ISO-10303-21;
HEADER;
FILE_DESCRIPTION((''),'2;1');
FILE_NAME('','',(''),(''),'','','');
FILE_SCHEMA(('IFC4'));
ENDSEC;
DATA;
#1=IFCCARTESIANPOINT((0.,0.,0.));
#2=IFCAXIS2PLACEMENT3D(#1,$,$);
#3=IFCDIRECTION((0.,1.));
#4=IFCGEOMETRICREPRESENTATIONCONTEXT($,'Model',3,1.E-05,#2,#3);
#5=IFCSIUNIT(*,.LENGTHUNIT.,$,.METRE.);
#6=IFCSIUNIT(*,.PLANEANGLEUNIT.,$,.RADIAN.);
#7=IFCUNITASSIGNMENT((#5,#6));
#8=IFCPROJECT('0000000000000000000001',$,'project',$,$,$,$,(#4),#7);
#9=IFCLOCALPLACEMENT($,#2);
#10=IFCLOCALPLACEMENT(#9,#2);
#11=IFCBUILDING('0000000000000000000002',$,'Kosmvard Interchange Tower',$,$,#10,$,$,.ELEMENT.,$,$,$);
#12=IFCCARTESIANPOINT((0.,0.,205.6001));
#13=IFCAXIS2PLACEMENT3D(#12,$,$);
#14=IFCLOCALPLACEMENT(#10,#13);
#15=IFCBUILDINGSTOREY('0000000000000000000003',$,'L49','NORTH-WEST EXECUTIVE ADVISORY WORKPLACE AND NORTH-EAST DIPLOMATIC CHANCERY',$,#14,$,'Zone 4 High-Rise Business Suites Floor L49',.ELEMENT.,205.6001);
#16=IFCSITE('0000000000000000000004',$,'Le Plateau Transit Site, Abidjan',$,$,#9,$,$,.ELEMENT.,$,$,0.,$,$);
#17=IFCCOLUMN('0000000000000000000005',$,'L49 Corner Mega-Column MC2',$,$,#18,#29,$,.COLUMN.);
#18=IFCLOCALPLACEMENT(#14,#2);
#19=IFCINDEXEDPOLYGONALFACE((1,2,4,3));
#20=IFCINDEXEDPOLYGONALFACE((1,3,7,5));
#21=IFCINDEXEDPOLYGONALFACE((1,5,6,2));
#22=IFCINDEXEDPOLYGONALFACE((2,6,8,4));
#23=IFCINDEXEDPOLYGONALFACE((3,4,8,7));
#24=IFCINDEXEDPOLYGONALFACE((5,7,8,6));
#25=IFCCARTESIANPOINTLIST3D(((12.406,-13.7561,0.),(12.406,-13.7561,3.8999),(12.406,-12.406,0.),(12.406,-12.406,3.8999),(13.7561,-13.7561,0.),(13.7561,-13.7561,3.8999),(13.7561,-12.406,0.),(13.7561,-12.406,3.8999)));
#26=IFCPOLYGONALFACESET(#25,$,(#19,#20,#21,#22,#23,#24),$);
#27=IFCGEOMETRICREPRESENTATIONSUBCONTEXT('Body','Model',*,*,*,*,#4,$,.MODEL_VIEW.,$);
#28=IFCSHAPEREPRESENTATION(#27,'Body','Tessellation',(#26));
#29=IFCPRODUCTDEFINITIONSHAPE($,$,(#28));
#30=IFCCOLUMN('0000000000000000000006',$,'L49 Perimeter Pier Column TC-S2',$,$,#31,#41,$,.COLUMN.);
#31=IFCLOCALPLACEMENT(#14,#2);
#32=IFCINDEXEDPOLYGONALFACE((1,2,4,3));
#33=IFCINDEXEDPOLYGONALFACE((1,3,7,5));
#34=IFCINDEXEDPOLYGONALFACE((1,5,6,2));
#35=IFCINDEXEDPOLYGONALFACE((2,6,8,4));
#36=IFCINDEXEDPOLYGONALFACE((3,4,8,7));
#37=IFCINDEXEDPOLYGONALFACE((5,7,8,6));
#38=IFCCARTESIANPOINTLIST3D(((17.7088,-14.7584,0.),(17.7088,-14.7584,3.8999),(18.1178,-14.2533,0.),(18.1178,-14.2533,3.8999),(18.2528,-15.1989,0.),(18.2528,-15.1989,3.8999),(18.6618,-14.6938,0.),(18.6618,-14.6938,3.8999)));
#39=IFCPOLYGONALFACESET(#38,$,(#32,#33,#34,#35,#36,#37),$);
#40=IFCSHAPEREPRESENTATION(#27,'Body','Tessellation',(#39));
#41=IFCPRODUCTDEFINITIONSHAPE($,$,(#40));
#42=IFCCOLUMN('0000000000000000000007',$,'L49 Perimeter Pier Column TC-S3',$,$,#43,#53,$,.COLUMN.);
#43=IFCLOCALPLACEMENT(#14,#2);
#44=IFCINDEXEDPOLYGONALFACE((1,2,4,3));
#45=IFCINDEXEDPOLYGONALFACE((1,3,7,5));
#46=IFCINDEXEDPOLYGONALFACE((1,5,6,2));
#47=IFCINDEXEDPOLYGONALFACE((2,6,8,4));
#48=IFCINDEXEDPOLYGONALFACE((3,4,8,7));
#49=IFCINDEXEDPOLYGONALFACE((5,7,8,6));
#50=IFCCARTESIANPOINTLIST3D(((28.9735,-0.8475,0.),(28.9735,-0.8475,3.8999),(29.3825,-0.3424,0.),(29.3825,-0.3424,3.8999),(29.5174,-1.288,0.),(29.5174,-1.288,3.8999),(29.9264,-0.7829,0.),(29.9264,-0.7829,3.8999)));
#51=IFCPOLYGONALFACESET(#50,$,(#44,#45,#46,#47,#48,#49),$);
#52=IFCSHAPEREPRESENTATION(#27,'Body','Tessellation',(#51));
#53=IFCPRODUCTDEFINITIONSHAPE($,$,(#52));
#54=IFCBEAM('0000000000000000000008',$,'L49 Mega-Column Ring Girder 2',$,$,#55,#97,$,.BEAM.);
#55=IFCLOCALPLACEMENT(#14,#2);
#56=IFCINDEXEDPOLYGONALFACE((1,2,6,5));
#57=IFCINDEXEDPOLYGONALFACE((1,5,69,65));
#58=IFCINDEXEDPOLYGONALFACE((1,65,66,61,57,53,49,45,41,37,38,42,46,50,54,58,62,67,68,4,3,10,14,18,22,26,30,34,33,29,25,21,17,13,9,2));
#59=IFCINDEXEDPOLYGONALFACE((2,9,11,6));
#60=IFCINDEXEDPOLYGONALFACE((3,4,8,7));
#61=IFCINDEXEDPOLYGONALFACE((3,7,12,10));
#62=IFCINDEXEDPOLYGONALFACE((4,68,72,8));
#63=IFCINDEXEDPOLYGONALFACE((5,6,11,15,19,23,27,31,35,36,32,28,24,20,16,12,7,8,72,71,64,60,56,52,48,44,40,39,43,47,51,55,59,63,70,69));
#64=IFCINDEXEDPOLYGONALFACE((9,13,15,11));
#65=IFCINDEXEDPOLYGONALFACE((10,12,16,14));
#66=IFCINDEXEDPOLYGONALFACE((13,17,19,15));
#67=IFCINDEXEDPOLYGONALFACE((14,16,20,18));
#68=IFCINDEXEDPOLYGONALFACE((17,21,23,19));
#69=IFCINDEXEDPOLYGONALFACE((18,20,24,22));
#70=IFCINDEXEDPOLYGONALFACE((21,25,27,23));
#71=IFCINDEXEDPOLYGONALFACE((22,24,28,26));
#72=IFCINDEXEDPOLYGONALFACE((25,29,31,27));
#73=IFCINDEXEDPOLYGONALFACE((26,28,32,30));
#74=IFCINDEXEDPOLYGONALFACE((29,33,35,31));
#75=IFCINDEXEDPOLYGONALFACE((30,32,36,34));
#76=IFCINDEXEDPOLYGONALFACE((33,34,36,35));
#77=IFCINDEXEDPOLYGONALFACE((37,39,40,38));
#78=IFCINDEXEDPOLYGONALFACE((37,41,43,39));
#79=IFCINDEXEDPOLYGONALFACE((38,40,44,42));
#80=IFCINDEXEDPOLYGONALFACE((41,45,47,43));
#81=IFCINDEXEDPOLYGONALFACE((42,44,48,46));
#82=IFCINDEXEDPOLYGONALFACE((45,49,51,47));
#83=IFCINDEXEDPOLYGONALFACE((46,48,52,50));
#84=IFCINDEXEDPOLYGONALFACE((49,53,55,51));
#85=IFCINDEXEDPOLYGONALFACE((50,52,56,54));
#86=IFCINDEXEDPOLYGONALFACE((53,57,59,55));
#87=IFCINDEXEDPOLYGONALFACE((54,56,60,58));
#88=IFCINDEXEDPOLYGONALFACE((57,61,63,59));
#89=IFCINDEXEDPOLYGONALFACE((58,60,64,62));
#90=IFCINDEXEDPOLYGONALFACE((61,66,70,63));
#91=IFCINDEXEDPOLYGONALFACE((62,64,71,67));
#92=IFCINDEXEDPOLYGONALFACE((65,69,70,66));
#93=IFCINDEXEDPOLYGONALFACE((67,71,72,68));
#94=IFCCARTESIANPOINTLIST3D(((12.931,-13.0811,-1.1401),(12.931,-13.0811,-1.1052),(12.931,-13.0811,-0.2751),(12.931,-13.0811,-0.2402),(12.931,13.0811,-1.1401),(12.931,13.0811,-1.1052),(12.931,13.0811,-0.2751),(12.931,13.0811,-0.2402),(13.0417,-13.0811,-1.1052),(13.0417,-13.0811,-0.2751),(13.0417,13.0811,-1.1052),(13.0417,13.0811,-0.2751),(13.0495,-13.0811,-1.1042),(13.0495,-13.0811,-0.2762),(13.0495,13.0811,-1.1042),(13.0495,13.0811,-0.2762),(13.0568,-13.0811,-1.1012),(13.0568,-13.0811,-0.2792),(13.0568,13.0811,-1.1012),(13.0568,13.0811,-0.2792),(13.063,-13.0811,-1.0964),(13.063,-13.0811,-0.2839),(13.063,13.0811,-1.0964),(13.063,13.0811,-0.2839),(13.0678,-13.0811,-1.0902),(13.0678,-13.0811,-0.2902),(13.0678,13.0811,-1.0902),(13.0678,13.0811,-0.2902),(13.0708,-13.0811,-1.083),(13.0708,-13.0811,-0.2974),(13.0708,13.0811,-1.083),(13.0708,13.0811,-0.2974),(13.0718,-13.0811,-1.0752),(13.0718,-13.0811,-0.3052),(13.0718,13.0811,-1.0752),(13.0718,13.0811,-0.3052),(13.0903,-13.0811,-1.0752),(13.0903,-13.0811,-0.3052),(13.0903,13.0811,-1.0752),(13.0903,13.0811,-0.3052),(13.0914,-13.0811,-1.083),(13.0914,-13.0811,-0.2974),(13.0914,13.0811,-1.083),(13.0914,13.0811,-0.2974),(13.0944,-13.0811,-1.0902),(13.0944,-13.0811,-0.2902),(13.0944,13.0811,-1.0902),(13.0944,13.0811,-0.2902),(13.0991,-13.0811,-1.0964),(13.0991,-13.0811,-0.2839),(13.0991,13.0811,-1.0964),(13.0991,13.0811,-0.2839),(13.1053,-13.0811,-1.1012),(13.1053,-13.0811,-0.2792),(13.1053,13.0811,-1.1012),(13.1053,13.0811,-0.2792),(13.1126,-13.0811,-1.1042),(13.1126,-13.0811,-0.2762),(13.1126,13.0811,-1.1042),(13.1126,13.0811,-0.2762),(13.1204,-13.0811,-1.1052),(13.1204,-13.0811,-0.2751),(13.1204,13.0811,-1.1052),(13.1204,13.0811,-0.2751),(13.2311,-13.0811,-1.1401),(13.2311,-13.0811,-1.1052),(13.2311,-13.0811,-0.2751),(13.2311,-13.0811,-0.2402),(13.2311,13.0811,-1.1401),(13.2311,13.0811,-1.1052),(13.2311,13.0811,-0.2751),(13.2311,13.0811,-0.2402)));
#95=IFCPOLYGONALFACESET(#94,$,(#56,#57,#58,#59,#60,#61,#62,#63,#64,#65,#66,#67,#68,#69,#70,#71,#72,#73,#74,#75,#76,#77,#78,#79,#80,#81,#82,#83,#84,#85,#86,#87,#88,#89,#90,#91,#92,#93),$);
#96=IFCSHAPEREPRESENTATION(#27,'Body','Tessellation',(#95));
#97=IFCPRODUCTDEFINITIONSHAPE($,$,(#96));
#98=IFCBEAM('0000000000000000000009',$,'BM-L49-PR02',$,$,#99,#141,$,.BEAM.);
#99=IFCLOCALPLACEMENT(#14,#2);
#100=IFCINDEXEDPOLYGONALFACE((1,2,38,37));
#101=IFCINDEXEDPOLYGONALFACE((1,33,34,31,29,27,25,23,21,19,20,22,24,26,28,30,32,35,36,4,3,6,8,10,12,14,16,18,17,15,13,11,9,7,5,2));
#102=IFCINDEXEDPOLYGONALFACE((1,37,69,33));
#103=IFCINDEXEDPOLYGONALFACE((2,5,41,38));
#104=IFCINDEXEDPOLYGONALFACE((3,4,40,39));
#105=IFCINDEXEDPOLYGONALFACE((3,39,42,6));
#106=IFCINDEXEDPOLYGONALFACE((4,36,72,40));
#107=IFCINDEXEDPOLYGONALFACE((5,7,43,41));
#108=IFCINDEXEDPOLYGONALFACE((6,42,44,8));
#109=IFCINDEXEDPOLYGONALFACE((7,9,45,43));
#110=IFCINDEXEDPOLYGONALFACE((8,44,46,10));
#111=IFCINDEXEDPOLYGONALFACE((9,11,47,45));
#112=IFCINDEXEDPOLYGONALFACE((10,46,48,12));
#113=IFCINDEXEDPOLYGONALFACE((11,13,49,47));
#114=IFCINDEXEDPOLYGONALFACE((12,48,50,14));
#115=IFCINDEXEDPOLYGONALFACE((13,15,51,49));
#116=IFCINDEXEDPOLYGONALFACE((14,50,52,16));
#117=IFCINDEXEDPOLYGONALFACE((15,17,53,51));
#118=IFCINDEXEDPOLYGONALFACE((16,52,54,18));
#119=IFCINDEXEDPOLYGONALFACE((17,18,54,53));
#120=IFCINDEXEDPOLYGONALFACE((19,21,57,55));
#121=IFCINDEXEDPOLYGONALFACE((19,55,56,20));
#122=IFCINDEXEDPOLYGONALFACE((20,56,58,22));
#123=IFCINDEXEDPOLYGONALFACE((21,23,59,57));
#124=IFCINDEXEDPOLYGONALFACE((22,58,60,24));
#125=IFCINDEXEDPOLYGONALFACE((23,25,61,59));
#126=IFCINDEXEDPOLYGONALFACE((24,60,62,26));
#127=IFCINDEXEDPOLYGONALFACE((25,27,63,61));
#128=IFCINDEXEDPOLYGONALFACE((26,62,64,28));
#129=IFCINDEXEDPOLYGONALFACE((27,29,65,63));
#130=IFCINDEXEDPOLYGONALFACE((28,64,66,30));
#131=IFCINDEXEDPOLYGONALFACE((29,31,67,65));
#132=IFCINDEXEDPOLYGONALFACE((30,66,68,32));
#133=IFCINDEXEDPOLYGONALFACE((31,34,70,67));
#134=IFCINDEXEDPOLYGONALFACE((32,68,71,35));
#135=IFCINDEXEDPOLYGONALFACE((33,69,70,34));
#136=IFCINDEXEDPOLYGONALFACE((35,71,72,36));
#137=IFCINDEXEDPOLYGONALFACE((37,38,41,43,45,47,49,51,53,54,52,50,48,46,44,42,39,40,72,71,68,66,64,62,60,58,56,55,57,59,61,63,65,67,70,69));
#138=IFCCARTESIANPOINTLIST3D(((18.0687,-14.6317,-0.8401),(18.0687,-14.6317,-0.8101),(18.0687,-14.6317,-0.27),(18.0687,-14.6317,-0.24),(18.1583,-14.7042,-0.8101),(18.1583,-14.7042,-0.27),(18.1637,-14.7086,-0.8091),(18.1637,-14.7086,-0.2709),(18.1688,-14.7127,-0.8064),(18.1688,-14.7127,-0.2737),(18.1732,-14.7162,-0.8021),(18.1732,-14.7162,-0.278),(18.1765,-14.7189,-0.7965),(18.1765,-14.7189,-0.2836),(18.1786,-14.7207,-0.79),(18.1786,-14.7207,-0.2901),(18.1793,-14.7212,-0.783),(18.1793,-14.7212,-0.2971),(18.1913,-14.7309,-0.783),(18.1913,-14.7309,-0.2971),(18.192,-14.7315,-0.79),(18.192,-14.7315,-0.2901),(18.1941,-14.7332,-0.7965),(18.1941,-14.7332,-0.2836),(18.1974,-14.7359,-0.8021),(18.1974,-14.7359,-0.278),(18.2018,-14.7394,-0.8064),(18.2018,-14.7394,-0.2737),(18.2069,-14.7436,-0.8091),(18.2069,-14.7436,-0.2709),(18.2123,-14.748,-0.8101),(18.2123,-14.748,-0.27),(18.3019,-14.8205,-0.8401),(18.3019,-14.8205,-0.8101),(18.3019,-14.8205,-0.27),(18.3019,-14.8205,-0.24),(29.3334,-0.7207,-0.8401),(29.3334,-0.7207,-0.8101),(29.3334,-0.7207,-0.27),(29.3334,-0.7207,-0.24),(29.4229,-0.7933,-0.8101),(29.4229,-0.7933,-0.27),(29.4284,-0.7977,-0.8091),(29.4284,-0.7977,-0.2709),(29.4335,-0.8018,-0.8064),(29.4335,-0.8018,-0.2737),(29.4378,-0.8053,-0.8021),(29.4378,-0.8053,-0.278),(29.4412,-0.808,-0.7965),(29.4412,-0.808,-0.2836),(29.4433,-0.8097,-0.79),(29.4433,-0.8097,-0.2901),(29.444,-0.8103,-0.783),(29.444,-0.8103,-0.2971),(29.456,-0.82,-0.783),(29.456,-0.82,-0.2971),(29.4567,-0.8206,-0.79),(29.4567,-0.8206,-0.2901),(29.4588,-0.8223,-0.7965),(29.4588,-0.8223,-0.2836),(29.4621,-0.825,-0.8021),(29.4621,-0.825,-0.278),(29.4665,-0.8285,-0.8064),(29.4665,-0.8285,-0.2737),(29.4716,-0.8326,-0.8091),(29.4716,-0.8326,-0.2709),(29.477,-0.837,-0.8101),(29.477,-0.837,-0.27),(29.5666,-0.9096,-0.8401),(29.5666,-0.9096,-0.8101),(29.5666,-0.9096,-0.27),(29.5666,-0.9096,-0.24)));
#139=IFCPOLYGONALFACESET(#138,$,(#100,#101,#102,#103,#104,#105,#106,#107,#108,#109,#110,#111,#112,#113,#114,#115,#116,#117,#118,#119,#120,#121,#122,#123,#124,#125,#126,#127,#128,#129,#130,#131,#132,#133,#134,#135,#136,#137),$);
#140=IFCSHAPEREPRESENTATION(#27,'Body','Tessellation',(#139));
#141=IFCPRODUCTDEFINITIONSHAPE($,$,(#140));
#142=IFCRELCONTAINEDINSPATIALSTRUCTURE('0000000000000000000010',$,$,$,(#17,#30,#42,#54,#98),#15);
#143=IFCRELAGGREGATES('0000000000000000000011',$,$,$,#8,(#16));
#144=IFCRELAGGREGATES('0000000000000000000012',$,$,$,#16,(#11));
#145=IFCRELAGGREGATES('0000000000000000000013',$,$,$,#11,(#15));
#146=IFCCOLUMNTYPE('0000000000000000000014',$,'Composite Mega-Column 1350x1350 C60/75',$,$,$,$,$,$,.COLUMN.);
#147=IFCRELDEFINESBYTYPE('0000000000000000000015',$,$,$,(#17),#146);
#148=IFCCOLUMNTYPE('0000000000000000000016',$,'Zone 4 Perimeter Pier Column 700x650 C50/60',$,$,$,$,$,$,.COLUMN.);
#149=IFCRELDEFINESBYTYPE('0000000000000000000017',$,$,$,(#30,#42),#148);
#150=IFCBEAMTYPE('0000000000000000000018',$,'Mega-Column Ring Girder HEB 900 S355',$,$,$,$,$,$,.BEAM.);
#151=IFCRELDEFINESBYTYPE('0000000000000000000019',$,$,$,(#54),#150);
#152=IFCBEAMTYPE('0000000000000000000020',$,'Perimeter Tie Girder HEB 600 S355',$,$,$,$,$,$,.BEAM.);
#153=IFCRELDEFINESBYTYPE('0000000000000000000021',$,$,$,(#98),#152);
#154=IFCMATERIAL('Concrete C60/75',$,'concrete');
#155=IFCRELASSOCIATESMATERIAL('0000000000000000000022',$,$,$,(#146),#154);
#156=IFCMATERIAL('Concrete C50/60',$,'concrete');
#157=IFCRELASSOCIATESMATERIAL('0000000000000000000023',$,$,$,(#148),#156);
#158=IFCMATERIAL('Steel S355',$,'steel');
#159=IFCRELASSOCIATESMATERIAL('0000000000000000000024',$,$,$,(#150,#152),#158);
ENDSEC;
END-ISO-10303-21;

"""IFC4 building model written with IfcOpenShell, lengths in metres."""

from ifc_helpers import new_model, si_unit, direction, frame, origin, origin_2d, place, context, subcontext, project, spatial, rectangle, i_section, extrude, source, transform, mapped, material, material_profile, profile_set, type_object, element, save


model = new_model("IFC4")

# Units and contexts
model_context = context("Model", 3, precision=1e-05, world=origin(), true_north=direction((0.0, 1.0)))
body_context = subcontext(model_context, "Body", "Model", "MODEL_VIEW")
ifc_project = project(units=[si_unit("LENGTHUNIT", "METRE"), si_unit("PLANEANGLEUNIT", "RADIAN")], contexts=[model_context])

# Site, building, storey
site_placement = place(None, origin())
site = spatial("IfcSite", under=ifc_project, at=site_placement, Name="Le Plateau Transit Site, Abidjan", CompositionType="ELEMENT", RefElevation=0.0)
building_placement = place(site_placement, origin())
building = spatial("IfcBuilding", under=site, at=building_placement, Name="Kosmvard Interchange Tower", CompositionType="ELEMENT")
storey_placement = place(building_placement, frame((0.0, 0.0, 205.6001)))
storey = spatial("IfcBuildingStorey", under=building, at=storey_placement, Name="L49", Description="NORTH-WEST EXECUTIVE ADVISORY WORKPLACE AND NORTH-EAST DIPLOMATIC CHANCERY", LongName="Zone 4 High-Rise Business Suites Floor L49", CompositionType="ELEMENT", Elevation=205.6001)

# Columns
ifc_material_1 = material(Name="Concrete C60/75", Category="concrete")
ifc_material_profile_1 = material_profile(ifc_material_1, rectangle(XDim=1.3501, YDim=1.3501, at=origin_2d()), Name="MC 1350x1350")
ifc_profile_set_1 = profile_set([ifc_material_profile_1], Name="Concrete C60/75")
column_type_1 = type_object("IfcColumnType", Name="Composite Mega-Column 1350x1350 C60/75", PredefinedType="COLUMN", material=ifc_profile_set_1)
shared_shape_1 = source(origin(), body_context, "Body", "SweptSolid", [
    extrude(rectangle(XDim=1.3501, YDim=1.3501, at=origin_2d()), origin(), (0.0, 0.0, 1.0), 3.8999),
])
column_placement = place(storey_placement, frame((13.0811, -13.0811, 0.0), z_axis=(0.0, 0.0, 1.0), x_axis=(1.0, 0.0, 0.0)))
element("IfcColumn", 1, at=column_placement, inside=storey, type_object=column_type_1, Name="L49 Corner Mega-Column MC2", PredefinedType="COLUMN", context=body_context, shape_type="MappedRepresentation", body=[
    mapped(shared_shape_1, transform((0.0, 0.0, 0.0), scale=1.0)),
])
ifc_material_2 = material(Name="Concrete C50/60", Category="concrete")
ifc_material_profile_2 = material_profile(ifc_material_2, rectangle(XDim=0.6499, YDim=0.7, at=origin_2d()), Name="TC 700x650")
ifc_profile_set_2 = profile_set([ifc_material_profile_2], Name="Concrete C50/60")
column_type_2 = type_object("IfcColumnType", Name="Zone 4 Perimeter Pier Column 700x650 C50/60", PredefinedType="COLUMN", material=ifc_profile_set_2)
shared_shape_2 = source(origin(), body_context, "Body", "SweptSolid", [
    extrude(rectangle(XDim=0.6499, YDim=0.7, at=origin_2d()), origin(), (0.0, 0.0, 1.0), 3.8999),
])
for number, where, z_axis, x_axis, name in (
    (2, (18.1853, -14.7261, 0.0), (0.0, 0.0, 1.0), (0.62932, 0.777146, 0.0), "L49 Perimeter Pier Column TC-S2"),
    (3, (29.45, -0.8152, 0.0), (0.0, 0.0, 1.0), (0.62932, 0.777146, 0.0), "L49 Perimeter Pier Column TC-S3"),
):
    element("IfcColumn", number, at=place(storey_placement, frame(where, z_axis=z_axis, x_axis=x_axis)), inside=storey, type_object=column_type_2, Name=name, PredefinedType="COLUMN", context=body_context, shape_type="MappedRepresentation", body=[
        mapped(shared_shape_2, transform((0.0, 0.0, 0.0), scale=1.0)),
    ])

# Beams
ifc_material_3 = material(Name="Steel S355", Category="steel")
ifc_material_profile_3 = material_profile(ifc_material_3, i_section(OverallWidth=0.3, OverallDepth=0.8999, WebThickness=0.0186, FlangeThickness=0.0349, FilletRadius=0.03, at=origin_2d()), Name="HEB 900")
ifc_profile_set_3 = profile_set([ifc_material_profile_3], Name="Steel S355")
beam_type_1 = type_object("IfcBeamType", Name="Mega-Column Ring Girder HEB 900 S355", PredefinedType="BEAM", material=ifc_profile_set_3)
shared_shape_3 = source(origin(), body_context, "Body", "SweptSolid", [
    extrude(i_section(OverallWidth=0.3, OverallDepth=0.8999, WebThickness=0.0186, FlangeThickness=0.0349, FilletRadius=0.03, at=origin_2d()), origin(), (0.0, 0.0, 1.0), 26.1621),
])
beam_1_placement = place(storey_placement, frame((13.0811, -13.0811, -0.6902), z_axis=(0.0, 1.0, 0.0), x_axis=(-1.0, 0.0, 0.0)))
element("IfcBeam", 4, at=beam_1_placement, inside=storey, type_object=beam_type_1, Name="L49 Mega-Column Ring Girder 2", PredefinedType="BEAM", context=body_context, shape_type="MappedRepresentation", body=[
    mapped(shared_shape_3, transform((0.0, 0.0, 0.0), scale=1.0)),
])
ifc_material_profile_4 = material_profile(ifc_material_3, i_section(OverallWidth=0.3, OverallDepth=0.6001, WebThickness=0.0154, FlangeThickness=0.03, FilletRadius=0.0271, at=origin_2d()), Name="HEB 600")
ifc_profile_set_4 = profile_set([ifc_material_profile_4], Name="Steel S355")
beam_type_2 = type_object("IfcBeamType", Name="Perimeter Tie Girder HEB 600 S355", PredefinedType="BEAM", material=ifc_profile_set_4)
shared_shape_4 = source(origin(), body_context, "Body", "SweptSolid", [
    extrude(i_section(OverallWidth=0.3, OverallDepth=0.6001, WebThickness=0.0154, FlangeThickness=0.03, FilletRadius=0.0271, at=origin_2d()), origin(), (0.0, 0.0, 1.0), 17.8999),
])
beam_2_placement = place(storey_placement, frame((18.1853, -14.7261, -0.54), z_axis=(0.629315, 0.777151, 0.0), x_axis=(-0.777151, 0.629315, 0.0)))
element("IfcBeam", 5, at=beam_2_placement, inside=storey, type_object=beam_type_2, Name="BM-L49-PR02", PredefinedType="BEAM", context=body_context, shape_type="MappedRepresentation", body=[
    mapped(shared_shape_4, transform((0.0, 0.0, 0.0), scale=1.0)),
])

save(model, "model.ifc")
